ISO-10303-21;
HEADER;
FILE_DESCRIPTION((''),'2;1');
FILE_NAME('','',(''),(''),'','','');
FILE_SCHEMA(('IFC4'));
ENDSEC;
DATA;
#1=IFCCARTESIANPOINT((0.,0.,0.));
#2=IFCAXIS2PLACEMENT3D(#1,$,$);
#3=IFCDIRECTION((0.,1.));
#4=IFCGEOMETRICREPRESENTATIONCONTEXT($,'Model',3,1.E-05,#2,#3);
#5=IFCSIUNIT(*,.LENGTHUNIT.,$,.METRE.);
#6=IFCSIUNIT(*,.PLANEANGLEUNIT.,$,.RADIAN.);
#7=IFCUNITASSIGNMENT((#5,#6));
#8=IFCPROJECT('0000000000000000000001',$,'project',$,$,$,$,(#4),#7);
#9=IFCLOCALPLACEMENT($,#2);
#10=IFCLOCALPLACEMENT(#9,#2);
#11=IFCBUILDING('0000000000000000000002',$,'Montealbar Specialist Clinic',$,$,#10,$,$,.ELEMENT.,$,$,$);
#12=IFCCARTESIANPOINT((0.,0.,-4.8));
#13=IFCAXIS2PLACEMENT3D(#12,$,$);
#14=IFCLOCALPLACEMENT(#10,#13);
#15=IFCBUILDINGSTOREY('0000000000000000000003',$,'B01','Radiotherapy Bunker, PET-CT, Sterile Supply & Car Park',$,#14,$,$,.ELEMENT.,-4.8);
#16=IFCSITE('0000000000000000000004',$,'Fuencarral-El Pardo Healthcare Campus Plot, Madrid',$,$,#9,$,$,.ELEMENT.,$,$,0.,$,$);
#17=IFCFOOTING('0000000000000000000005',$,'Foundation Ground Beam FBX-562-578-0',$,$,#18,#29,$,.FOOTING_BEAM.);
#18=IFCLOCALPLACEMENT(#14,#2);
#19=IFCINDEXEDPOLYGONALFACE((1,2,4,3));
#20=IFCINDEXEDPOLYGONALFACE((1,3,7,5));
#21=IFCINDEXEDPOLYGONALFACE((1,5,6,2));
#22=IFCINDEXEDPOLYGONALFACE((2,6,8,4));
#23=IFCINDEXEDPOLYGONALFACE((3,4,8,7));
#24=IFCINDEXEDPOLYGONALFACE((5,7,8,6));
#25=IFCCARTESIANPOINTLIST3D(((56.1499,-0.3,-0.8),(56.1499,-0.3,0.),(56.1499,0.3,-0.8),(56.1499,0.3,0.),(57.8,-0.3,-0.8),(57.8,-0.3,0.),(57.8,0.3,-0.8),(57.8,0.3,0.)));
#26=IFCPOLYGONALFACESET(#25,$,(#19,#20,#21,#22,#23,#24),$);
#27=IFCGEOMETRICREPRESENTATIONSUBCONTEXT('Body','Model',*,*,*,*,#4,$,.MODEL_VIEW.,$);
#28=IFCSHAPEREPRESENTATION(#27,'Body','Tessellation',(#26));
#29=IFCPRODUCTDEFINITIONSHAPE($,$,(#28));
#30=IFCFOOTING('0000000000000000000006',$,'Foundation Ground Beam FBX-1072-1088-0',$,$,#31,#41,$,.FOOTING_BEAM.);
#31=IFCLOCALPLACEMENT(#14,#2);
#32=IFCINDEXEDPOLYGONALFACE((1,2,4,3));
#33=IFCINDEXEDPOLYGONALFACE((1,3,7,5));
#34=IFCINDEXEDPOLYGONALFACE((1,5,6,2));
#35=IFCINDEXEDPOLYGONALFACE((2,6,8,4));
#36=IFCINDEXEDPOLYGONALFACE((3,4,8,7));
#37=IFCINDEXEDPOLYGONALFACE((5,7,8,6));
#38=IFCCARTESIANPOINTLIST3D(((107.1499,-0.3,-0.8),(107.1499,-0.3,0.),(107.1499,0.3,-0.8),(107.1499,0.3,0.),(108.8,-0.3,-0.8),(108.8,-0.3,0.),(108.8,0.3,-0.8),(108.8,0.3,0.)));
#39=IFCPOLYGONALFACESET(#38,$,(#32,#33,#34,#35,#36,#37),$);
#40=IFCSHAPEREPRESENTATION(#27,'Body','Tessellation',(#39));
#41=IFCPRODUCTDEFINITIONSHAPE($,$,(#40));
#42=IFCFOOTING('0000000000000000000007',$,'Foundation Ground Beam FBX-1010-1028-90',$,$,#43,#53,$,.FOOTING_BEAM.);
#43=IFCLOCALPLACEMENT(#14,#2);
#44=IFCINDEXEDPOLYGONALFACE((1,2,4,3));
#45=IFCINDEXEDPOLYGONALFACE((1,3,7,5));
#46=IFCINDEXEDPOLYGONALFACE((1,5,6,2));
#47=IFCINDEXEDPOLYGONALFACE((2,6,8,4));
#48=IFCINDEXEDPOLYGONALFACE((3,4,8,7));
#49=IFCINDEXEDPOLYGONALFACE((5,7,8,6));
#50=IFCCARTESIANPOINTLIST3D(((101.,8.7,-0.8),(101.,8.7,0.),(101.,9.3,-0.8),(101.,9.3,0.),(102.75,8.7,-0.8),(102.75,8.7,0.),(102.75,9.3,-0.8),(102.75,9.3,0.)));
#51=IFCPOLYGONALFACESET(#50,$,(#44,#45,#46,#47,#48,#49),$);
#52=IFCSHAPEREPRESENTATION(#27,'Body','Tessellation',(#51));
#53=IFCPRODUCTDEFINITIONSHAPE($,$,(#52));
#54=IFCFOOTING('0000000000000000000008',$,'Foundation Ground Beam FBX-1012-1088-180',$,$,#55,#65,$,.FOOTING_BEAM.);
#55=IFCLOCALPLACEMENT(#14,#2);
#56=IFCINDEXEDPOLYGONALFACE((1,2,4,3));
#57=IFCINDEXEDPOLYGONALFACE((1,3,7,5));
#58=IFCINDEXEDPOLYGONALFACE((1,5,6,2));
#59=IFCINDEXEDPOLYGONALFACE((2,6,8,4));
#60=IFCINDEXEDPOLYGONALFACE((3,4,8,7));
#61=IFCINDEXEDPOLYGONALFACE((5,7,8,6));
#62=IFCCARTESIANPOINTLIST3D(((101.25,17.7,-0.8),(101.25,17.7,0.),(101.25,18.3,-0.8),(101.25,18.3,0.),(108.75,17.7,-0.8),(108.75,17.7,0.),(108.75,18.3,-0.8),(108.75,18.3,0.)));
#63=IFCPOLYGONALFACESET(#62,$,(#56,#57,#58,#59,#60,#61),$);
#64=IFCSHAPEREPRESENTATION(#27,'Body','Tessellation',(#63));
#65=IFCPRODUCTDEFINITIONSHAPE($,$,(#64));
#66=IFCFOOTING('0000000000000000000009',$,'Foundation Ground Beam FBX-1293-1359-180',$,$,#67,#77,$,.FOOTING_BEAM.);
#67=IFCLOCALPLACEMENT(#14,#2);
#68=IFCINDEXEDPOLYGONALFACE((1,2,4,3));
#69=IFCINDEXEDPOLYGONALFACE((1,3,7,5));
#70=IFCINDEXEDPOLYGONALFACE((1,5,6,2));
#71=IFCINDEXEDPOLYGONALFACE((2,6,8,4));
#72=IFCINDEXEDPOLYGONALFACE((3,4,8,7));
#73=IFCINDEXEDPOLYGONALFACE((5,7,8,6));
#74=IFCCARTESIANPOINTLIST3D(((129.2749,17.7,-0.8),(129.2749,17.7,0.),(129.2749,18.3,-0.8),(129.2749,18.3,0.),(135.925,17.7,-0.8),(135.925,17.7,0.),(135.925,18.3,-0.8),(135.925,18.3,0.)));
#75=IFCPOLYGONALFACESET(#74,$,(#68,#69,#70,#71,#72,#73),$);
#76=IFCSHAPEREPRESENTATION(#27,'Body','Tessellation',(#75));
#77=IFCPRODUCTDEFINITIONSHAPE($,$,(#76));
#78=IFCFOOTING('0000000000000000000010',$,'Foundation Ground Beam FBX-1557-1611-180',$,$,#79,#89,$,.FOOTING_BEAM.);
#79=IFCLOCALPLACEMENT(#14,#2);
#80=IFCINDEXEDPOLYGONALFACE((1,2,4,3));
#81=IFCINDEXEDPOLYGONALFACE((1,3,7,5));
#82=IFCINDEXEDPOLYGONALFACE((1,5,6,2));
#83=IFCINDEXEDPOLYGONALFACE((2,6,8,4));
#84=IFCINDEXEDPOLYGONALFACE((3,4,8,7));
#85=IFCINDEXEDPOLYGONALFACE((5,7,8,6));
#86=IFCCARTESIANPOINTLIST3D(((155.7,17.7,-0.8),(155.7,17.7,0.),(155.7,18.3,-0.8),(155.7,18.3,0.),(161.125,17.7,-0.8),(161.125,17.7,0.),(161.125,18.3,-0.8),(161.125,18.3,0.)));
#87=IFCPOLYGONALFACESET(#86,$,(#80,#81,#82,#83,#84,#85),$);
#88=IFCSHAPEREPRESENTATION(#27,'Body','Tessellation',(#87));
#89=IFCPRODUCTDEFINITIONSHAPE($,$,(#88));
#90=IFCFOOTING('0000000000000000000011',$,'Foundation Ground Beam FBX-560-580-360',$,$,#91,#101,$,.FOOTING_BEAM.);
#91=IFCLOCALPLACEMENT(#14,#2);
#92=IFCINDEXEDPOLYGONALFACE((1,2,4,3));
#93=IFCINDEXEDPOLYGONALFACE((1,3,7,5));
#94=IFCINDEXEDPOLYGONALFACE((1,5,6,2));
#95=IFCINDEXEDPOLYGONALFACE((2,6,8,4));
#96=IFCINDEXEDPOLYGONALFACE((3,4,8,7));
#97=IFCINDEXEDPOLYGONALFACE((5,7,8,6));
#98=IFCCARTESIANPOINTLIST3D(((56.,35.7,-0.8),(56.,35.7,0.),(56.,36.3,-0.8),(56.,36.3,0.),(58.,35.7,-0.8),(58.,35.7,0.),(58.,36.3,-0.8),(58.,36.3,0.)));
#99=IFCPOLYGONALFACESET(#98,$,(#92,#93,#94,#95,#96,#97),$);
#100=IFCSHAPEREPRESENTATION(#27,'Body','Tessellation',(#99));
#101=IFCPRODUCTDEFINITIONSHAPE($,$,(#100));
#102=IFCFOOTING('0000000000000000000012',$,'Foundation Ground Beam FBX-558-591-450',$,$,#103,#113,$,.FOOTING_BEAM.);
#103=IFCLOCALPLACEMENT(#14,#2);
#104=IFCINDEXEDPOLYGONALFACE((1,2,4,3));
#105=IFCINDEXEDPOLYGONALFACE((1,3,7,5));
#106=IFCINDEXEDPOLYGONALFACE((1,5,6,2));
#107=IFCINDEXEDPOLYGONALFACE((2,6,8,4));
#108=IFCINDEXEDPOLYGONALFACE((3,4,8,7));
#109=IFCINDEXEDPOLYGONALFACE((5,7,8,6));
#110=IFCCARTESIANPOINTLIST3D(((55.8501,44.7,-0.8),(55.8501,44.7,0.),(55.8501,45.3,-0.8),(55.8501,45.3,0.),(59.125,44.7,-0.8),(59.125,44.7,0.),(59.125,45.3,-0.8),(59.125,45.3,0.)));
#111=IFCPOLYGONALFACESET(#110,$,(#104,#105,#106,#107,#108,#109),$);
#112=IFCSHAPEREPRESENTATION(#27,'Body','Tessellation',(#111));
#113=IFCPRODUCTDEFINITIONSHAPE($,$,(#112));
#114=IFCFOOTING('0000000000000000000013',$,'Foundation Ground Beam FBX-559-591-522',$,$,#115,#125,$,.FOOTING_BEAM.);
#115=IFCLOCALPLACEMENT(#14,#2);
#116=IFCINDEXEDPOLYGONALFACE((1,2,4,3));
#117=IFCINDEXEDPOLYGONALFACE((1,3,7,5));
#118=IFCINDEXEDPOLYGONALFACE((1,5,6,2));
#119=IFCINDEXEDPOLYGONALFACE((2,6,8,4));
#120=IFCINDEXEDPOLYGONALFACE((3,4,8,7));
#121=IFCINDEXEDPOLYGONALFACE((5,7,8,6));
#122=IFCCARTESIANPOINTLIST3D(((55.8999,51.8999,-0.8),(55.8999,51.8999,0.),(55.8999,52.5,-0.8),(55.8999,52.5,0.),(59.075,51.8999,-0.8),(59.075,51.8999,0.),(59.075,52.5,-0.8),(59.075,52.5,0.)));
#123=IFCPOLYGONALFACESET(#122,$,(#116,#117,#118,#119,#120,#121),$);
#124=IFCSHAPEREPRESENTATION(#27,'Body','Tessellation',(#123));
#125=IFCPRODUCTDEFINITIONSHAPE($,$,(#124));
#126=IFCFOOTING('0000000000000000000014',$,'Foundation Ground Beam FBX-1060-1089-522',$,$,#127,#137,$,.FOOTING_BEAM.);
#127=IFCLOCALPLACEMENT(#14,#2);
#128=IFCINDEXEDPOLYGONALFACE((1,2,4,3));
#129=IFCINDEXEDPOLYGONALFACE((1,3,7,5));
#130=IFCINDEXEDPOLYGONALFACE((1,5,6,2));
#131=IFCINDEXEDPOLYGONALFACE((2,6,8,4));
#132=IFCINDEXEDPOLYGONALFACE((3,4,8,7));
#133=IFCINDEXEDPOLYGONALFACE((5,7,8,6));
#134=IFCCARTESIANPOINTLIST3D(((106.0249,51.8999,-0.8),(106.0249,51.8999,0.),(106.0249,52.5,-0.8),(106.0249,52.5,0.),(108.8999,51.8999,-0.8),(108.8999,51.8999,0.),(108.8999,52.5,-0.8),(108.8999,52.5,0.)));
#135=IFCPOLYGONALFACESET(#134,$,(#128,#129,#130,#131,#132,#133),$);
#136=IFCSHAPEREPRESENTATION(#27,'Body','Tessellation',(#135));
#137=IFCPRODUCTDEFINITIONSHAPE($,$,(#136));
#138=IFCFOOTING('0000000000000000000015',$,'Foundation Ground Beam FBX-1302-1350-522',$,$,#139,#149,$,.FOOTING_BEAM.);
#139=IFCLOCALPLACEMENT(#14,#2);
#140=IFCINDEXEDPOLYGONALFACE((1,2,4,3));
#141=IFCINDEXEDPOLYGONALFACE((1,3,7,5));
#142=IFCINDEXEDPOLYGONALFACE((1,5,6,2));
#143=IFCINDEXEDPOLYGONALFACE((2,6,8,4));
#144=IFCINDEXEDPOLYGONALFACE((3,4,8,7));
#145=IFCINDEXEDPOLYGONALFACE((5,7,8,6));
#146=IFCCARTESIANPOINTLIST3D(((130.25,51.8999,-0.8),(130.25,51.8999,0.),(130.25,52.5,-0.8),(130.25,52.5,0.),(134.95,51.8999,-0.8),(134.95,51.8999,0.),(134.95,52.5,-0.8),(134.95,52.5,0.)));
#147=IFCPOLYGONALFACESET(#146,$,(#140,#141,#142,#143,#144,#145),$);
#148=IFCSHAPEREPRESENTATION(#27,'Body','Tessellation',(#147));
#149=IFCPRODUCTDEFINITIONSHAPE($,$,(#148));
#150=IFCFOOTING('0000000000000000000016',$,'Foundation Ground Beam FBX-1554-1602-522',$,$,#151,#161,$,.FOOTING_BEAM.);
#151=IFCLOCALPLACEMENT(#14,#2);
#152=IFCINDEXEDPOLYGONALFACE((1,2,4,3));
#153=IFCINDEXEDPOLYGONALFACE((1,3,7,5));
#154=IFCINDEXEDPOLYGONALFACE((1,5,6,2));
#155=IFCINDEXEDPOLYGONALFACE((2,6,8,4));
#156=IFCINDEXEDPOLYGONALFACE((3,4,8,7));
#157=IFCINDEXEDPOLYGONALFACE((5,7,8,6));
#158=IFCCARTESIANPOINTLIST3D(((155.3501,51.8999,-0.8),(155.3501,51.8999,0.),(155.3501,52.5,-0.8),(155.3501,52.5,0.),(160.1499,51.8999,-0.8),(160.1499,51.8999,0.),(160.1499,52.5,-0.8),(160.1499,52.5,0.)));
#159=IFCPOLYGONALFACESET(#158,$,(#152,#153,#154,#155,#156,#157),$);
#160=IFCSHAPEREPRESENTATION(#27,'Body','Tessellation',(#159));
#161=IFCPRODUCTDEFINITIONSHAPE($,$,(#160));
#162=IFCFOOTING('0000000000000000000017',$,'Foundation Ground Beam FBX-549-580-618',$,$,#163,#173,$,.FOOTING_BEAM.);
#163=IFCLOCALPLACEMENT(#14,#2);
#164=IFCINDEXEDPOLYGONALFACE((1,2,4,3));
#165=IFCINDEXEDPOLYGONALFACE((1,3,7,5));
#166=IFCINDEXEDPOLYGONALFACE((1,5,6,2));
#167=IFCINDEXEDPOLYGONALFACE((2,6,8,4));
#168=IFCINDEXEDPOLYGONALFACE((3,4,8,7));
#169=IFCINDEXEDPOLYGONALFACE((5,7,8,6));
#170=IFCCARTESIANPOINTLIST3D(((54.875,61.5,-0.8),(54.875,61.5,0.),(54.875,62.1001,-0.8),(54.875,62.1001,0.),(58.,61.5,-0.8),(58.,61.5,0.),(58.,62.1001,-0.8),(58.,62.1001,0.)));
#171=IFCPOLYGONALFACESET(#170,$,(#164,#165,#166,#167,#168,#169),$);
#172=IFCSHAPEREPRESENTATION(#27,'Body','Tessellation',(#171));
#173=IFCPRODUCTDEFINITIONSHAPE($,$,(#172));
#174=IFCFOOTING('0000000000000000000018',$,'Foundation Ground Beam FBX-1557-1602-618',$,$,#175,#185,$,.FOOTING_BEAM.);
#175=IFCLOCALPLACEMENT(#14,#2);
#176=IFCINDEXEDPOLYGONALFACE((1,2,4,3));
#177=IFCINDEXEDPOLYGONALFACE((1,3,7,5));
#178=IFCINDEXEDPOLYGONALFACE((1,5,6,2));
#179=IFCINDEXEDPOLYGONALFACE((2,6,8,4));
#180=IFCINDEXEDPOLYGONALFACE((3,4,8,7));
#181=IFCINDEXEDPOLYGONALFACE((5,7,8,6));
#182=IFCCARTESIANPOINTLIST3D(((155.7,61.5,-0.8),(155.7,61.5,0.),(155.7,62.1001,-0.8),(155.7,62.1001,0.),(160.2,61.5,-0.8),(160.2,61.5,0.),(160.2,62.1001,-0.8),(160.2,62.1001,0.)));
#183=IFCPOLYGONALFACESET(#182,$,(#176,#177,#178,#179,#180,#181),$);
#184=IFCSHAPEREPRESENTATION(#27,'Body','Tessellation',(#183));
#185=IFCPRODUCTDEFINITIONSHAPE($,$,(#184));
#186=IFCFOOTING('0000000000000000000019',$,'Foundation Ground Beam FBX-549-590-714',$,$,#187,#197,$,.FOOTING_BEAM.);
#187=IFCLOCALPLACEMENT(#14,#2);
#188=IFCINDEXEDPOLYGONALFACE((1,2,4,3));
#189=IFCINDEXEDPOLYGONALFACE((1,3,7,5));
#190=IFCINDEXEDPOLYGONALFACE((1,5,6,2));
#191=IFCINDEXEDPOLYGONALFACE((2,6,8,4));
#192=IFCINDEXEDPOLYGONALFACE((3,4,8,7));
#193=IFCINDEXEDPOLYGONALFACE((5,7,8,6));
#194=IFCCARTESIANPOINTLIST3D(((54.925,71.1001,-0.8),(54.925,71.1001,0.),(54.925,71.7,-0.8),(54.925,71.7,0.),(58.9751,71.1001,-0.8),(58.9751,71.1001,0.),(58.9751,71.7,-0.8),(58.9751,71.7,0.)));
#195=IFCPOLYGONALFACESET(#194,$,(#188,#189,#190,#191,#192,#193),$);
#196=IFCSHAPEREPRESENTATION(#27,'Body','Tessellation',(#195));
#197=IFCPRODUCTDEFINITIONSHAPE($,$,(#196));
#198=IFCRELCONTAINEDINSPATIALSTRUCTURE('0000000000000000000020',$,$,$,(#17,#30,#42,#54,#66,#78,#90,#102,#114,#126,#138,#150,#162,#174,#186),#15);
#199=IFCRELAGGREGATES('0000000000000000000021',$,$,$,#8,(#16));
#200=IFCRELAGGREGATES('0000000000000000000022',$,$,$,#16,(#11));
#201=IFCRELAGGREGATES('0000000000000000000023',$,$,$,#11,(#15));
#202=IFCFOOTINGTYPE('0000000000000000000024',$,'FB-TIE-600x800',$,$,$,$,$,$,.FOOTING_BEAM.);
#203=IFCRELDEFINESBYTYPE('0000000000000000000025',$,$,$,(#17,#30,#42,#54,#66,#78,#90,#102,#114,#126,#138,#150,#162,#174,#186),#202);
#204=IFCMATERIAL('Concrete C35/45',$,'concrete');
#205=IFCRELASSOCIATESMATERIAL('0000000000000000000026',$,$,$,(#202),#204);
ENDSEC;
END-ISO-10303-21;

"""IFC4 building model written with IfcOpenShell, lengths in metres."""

from ifc_helpers import new_model, si_unit, direction, frame, origin, place, context, subcontext, project, spatial, polyline, outline, extrude, material, type_object, element, save


model = new_model("IFC4")

# Units and contexts
model_context = context("Model", 3, precision=1e-05, world=origin(), true_north=direction((0.0, 1.0)))
body_context = subcontext(model_context, "Body", "Model", "MODEL_VIEW")
ifc_project = project(units=[si_unit("LENGTHUNIT", "METRE"), si_unit("PLANEANGLEUNIT", "RADIAN")], contexts=[model_context])

# Site, building, storey
site_placement = place(None, origin())
site = spatial("IfcSite", under=ifc_project, at=site_placement, Name="Fuencarral-El Pardo Healthcare Campus Plot, Madrid", CompositionType="ELEMENT", RefElevation=0.0)
building_placement = place(site_placement, origin())
building = spatial("IfcBuilding", under=site, at=building_placement, Name="Montealbar Specialist Clinic", CompositionType="ELEMENT")
storey_placement = place(building_placement, frame((0.0, 0.0, -4.8)))
storey = spatial("IfcBuildingStorey", under=building, at=storey_placement, Name="B01", Description="Radiotherapy Bunker, PET-CT, Sterile Supply & Car Park", CompositionType="ELEMENT", Elevation=-4.8)

# Footings
ifc_material = material(Name="Concrete C35/45", Category="concrete")
footing_type_1 = type_object("IfcFootingType", Name="FB-TIE-600x800", PredefinedType="FOOTING_BEAM", material=ifc_material)
footing_1_placement = place(storey_placement, frame((0.0, 0.0, -0.8)))
element("IfcFooting", 1, at=footing_1_placement, inside=storey, type_object=footing_type_1, Name="Foundation Ground Beam FBX-562-578-0", PredefinedType="FOOTING_BEAM", context=body_context, shape_type="SweptSolid", body=[
    extrude(outline(polyline([(56.1499, -0.3), (57.8, -0.3), (57.8, 0.3), (56.1499, 0.3), (56.1499, -0.3)])), origin(), (0.0, 0.0, 1.0), 0.8),
])
footing_2_placement = place(storey_placement, frame((0.0, 0.0, -0.8)))
element("IfcFooting", 2, at=footing_2_placement, inside=storey, type_object=footing_type_1, Name="Foundation Ground Beam FBX-1072-1088-0", PredefinedType="FOOTING_BEAM", context=body_context, shape_type="SweptSolid", body=[
    extrude(outline(polyline([(107.1499, -0.3), (108.8, -0.3), (108.8, 0.3), (107.1499, 0.3), (107.1499, -0.3)])), origin(), (0.0, 0.0, 1.0), 0.8),
])
footing_3_placement = place(storey_placement, frame((0.0, 0.0, -0.8)))
element("IfcFooting", 3, at=footing_3_placement, inside=storey, type_object=footing_type_1, Name="Foundation Ground Beam FBX-1010-1028-90", PredefinedType="FOOTING_BEAM", context=body_context, shape_type="SweptSolid", body=[
    extrude(outline(polyline([(101.0, 8.7), (102.75, 8.7), (102.75, 9.3), (101.0, 9.3), (101.0, 8.7)])), origin(), (0.0, 0.0, 1.0), 0.8),
])
footing_4_placement = place(storey_placement, frame((0.0, 0.0, -0.8)))
element("IfcFooting", 4, at=footing_4_placement, inside=storey, type_object=footing_type_1, Name="Foundation Ground Beam FBX-1012-1088-180", PredefinedType="FOOTING_BEAM", context=body_context, shape_type="SweptSolid", body=[
    extrude(outline(polyline([(101.25, 17.7), (108.75, 17.7), (108.75, 18.3), (101.25, 18.3), (101.25, 17.7)])), origin(), (0.0, 0.0, 1.0), 0.8),
])
footing_5_placement = place(storey_placement, frame((0.0, 0.0, -0.8)))
element("IfcFooting", 5, at=footing_5_placement, inside=storey, type_object=footing_type_1, Name="Foundation Ground Beam FBX-1293-1359-180", PredefinedType="FOOTING_BEAM", context=body_context, shape_type="SweptSolid", body=[
    extrude(outline(polyline([(129.2749, 17.7), (135.925, 17.7), (135.925, 18.3), (129.2749, 18.3), (129.2749, 17.7)])), origin(), (0.0, 0.0, 1.0), 0.8),
])
footing_6_placement = place(storey_placement, frame((0.0, 0.0, -0.8)))
element("IfcFooting", 6, at=footing_6_placement, inside=storey, type_object=footing_type_1, Name="Foundation Ground Beam FBX-1557-1611-180", PredefinedType="FOOTING_BEAM", context=body_context, shape_type="SweptSolid", body=[
    extrude(outline(polyline([(155.7, 17.7), (161.125, 17.7), (161.125, 18.3), (155.7, 18.3), (155.7, 17.7)])), origin(), (0.0, 0.0, 1.0), 0.8),
])
footing_7_placement = place(storey_placement, frame((0.0, 0.0, -0.8)))
element("IfcFooting", 7, at=footing_7_placement, inside=storey, type_object=footing_type_1, Name="Foundation Ground Beam FBX-560-580-360", PredefinedType="FOOTING_BEAM", context=body_context, shape_type="SweptSolid", body=[
    extrude(outline(polyline([(56.0, 35.7), (58.0, 35.7), (58.0, 36.3), (56.0, 36.3), (56.0, 35.7)])), origin(), (0.0, 0.0, 1.0), 0.8),
])
footing_8_placement = place(storey_placement, frame((0.0, 0.0, -0.8)))
element("IfcFooting", 8, at=footing_8_placement, inside=storey, type_object=footing_type_1, Name="Foundation Ground Beam FBX-558-591-450", PredefinedType="FOOTING_BEAM", context=body_context, shape_type="SweptSolid", body=[
    extrude(outline(polyline([(55.8501, 44.7), (59.125, 44.7), (59.125, 45.3), (55.8501, 45.3), (55.8501, 44.7)])), origin(), (0.0, 0.0, 1.0), 0.8),
])
footing_9_placement = place(storey_placement, frame((0.0, 0.0, -0.8)))
element("IfcFooting", 9, at=footing_9_placement, inside=storey, type_object=footing_type_1, Name="Foundation Ground Beam FBX-559-591-522", PredefinedType="FOOTING_BEAM", context=body_context, shape_type="SweptSolid", body=[
    extrude(outline(polyline([(55.8999, 51.8999), (59.075, 51.8999), (59.075, 52.5), (55.8999, 52.5), (55.8999, 51.8999)])), origin(), (0.0, 0.0, 1.0), 0.8),
])
footing_10_placement = place(storey_placement, frame((0.0, 0.0, -0.8)))
element("IfcFooting", 10, at=footing_10_placement, inside=storey, type_object=footing_type_1, Name="Foundation Ground Beam FBX-1060-1089-522", PredefinedType="FOOTING_BEAM", context=body_context, shape_type="SweptSolid", body=[
    extrude(outline(polyline([(106.0249, 51.8999), (108.8999, 51.8999), (108.8999, 52.5), (106.0249, 52.5), (106.0249, 51.8999)])), origin(), (0.0, 0.0, 1.0), 0.8),
])
footing_11_placement = place(storey_placement, frame((0.0, 0.0, -0.8)))
element("IfcFooting", 11, at=footing_11_placement, inside=storey, type_object=footing_type_1, Name="Foundation Ground Beam FBX-1302-1350-522", PredefinedType="FOOTING_BEAM", context=body_context, shape_type="SweptSolid", body=[
    extrude(outline(polyline([(130.25, 51.8999), (134.95, 51.8999), (134.95, 52.5), (130.25, 52.5), (130.25, 51.8999)])), origin(), (0.0, 0.0, 1.0), 0.8),
])
footing_12_placement = place(storey_placement, frame((0.0, 0.0, -0.8)))
element("IfcFooting", 12, at=footing_12_placement, inside=storey, type_object=footing_type_1, Name="Foundation Ground Beam FBX-1554-1602-522", PredefinedType="FOOTING_BEAM", context=body_context, shape_type="SweptSolid", body=[
    extrude(outline(polyline([(155.3501, 51.8999), (160.1499, 51.8999), (160.1499, 52.5), (155.3501, 52.5), (155.3501, 51.8999)])), origin(), (0.0, 0.0, 1.0), 0.8),
])
footing_13_placement = place(storey_placement, frame((0.0, 0.0, -0.8)))
element("IfcFooting", 13, at=footing_13_placement, inside=storey, type_object=footing_type_1, Name="Foundation Ground Beam FBX-549-580-618", PredefinedType="FOOTING_BEAM", context=body_context, shape_type="SweptSolid", body=[
    extrude(outline(polyline([(54.875, 61.5), (58.0, 61.5), (58.0, 62.1001), (54.875, 62.1001), (54.875, 61.5)])), origin(), (0.0, 0.0, 1.0), 0.8),
])
footing_14_placement = place(storey_placement, frame((0.0, 0.0, -0.8)))
element("IfcFooting", 14, at=footing_14_placement, inside=storey, type_object=footing_type_1, Name="Foundation Ground Beam FBX-1557-1602-618", PredefinedType="FOOTING_BEAM", context=body_context, shape_type="SweptSolid", body=[
    extrude(outline(polyline([(155.7, 61.5), (160.2, 61.5), (160.2, 62.1001), (155.7, 62.1001), (155.7, 61.5)])), origin(), (0.0, 0.0, 1.0), 0.8),
])
footing_15_placement = place(storey_placement, frame((0.0, 0.0, -0.8)))
element("IfcFooting", 15, at=footing_15_placement, inside=storey, type_object=footing_type_1, Name="Foundation Ground Beam FBX-549-590-714", PredefinedType="FOOTING_BEAM", context=body_context, shape_type="SweptSolid", body=[
    extrude(outline(polyline([(54.925, 71.1001), (58.9751, 71.1001), (58.9751, 71.7), (54.925, 71.7), (54.925, 71.1001)])), origin(), (0.0, 0.0, 1.0), 0.8),
])

save(model, "model.ifc")
